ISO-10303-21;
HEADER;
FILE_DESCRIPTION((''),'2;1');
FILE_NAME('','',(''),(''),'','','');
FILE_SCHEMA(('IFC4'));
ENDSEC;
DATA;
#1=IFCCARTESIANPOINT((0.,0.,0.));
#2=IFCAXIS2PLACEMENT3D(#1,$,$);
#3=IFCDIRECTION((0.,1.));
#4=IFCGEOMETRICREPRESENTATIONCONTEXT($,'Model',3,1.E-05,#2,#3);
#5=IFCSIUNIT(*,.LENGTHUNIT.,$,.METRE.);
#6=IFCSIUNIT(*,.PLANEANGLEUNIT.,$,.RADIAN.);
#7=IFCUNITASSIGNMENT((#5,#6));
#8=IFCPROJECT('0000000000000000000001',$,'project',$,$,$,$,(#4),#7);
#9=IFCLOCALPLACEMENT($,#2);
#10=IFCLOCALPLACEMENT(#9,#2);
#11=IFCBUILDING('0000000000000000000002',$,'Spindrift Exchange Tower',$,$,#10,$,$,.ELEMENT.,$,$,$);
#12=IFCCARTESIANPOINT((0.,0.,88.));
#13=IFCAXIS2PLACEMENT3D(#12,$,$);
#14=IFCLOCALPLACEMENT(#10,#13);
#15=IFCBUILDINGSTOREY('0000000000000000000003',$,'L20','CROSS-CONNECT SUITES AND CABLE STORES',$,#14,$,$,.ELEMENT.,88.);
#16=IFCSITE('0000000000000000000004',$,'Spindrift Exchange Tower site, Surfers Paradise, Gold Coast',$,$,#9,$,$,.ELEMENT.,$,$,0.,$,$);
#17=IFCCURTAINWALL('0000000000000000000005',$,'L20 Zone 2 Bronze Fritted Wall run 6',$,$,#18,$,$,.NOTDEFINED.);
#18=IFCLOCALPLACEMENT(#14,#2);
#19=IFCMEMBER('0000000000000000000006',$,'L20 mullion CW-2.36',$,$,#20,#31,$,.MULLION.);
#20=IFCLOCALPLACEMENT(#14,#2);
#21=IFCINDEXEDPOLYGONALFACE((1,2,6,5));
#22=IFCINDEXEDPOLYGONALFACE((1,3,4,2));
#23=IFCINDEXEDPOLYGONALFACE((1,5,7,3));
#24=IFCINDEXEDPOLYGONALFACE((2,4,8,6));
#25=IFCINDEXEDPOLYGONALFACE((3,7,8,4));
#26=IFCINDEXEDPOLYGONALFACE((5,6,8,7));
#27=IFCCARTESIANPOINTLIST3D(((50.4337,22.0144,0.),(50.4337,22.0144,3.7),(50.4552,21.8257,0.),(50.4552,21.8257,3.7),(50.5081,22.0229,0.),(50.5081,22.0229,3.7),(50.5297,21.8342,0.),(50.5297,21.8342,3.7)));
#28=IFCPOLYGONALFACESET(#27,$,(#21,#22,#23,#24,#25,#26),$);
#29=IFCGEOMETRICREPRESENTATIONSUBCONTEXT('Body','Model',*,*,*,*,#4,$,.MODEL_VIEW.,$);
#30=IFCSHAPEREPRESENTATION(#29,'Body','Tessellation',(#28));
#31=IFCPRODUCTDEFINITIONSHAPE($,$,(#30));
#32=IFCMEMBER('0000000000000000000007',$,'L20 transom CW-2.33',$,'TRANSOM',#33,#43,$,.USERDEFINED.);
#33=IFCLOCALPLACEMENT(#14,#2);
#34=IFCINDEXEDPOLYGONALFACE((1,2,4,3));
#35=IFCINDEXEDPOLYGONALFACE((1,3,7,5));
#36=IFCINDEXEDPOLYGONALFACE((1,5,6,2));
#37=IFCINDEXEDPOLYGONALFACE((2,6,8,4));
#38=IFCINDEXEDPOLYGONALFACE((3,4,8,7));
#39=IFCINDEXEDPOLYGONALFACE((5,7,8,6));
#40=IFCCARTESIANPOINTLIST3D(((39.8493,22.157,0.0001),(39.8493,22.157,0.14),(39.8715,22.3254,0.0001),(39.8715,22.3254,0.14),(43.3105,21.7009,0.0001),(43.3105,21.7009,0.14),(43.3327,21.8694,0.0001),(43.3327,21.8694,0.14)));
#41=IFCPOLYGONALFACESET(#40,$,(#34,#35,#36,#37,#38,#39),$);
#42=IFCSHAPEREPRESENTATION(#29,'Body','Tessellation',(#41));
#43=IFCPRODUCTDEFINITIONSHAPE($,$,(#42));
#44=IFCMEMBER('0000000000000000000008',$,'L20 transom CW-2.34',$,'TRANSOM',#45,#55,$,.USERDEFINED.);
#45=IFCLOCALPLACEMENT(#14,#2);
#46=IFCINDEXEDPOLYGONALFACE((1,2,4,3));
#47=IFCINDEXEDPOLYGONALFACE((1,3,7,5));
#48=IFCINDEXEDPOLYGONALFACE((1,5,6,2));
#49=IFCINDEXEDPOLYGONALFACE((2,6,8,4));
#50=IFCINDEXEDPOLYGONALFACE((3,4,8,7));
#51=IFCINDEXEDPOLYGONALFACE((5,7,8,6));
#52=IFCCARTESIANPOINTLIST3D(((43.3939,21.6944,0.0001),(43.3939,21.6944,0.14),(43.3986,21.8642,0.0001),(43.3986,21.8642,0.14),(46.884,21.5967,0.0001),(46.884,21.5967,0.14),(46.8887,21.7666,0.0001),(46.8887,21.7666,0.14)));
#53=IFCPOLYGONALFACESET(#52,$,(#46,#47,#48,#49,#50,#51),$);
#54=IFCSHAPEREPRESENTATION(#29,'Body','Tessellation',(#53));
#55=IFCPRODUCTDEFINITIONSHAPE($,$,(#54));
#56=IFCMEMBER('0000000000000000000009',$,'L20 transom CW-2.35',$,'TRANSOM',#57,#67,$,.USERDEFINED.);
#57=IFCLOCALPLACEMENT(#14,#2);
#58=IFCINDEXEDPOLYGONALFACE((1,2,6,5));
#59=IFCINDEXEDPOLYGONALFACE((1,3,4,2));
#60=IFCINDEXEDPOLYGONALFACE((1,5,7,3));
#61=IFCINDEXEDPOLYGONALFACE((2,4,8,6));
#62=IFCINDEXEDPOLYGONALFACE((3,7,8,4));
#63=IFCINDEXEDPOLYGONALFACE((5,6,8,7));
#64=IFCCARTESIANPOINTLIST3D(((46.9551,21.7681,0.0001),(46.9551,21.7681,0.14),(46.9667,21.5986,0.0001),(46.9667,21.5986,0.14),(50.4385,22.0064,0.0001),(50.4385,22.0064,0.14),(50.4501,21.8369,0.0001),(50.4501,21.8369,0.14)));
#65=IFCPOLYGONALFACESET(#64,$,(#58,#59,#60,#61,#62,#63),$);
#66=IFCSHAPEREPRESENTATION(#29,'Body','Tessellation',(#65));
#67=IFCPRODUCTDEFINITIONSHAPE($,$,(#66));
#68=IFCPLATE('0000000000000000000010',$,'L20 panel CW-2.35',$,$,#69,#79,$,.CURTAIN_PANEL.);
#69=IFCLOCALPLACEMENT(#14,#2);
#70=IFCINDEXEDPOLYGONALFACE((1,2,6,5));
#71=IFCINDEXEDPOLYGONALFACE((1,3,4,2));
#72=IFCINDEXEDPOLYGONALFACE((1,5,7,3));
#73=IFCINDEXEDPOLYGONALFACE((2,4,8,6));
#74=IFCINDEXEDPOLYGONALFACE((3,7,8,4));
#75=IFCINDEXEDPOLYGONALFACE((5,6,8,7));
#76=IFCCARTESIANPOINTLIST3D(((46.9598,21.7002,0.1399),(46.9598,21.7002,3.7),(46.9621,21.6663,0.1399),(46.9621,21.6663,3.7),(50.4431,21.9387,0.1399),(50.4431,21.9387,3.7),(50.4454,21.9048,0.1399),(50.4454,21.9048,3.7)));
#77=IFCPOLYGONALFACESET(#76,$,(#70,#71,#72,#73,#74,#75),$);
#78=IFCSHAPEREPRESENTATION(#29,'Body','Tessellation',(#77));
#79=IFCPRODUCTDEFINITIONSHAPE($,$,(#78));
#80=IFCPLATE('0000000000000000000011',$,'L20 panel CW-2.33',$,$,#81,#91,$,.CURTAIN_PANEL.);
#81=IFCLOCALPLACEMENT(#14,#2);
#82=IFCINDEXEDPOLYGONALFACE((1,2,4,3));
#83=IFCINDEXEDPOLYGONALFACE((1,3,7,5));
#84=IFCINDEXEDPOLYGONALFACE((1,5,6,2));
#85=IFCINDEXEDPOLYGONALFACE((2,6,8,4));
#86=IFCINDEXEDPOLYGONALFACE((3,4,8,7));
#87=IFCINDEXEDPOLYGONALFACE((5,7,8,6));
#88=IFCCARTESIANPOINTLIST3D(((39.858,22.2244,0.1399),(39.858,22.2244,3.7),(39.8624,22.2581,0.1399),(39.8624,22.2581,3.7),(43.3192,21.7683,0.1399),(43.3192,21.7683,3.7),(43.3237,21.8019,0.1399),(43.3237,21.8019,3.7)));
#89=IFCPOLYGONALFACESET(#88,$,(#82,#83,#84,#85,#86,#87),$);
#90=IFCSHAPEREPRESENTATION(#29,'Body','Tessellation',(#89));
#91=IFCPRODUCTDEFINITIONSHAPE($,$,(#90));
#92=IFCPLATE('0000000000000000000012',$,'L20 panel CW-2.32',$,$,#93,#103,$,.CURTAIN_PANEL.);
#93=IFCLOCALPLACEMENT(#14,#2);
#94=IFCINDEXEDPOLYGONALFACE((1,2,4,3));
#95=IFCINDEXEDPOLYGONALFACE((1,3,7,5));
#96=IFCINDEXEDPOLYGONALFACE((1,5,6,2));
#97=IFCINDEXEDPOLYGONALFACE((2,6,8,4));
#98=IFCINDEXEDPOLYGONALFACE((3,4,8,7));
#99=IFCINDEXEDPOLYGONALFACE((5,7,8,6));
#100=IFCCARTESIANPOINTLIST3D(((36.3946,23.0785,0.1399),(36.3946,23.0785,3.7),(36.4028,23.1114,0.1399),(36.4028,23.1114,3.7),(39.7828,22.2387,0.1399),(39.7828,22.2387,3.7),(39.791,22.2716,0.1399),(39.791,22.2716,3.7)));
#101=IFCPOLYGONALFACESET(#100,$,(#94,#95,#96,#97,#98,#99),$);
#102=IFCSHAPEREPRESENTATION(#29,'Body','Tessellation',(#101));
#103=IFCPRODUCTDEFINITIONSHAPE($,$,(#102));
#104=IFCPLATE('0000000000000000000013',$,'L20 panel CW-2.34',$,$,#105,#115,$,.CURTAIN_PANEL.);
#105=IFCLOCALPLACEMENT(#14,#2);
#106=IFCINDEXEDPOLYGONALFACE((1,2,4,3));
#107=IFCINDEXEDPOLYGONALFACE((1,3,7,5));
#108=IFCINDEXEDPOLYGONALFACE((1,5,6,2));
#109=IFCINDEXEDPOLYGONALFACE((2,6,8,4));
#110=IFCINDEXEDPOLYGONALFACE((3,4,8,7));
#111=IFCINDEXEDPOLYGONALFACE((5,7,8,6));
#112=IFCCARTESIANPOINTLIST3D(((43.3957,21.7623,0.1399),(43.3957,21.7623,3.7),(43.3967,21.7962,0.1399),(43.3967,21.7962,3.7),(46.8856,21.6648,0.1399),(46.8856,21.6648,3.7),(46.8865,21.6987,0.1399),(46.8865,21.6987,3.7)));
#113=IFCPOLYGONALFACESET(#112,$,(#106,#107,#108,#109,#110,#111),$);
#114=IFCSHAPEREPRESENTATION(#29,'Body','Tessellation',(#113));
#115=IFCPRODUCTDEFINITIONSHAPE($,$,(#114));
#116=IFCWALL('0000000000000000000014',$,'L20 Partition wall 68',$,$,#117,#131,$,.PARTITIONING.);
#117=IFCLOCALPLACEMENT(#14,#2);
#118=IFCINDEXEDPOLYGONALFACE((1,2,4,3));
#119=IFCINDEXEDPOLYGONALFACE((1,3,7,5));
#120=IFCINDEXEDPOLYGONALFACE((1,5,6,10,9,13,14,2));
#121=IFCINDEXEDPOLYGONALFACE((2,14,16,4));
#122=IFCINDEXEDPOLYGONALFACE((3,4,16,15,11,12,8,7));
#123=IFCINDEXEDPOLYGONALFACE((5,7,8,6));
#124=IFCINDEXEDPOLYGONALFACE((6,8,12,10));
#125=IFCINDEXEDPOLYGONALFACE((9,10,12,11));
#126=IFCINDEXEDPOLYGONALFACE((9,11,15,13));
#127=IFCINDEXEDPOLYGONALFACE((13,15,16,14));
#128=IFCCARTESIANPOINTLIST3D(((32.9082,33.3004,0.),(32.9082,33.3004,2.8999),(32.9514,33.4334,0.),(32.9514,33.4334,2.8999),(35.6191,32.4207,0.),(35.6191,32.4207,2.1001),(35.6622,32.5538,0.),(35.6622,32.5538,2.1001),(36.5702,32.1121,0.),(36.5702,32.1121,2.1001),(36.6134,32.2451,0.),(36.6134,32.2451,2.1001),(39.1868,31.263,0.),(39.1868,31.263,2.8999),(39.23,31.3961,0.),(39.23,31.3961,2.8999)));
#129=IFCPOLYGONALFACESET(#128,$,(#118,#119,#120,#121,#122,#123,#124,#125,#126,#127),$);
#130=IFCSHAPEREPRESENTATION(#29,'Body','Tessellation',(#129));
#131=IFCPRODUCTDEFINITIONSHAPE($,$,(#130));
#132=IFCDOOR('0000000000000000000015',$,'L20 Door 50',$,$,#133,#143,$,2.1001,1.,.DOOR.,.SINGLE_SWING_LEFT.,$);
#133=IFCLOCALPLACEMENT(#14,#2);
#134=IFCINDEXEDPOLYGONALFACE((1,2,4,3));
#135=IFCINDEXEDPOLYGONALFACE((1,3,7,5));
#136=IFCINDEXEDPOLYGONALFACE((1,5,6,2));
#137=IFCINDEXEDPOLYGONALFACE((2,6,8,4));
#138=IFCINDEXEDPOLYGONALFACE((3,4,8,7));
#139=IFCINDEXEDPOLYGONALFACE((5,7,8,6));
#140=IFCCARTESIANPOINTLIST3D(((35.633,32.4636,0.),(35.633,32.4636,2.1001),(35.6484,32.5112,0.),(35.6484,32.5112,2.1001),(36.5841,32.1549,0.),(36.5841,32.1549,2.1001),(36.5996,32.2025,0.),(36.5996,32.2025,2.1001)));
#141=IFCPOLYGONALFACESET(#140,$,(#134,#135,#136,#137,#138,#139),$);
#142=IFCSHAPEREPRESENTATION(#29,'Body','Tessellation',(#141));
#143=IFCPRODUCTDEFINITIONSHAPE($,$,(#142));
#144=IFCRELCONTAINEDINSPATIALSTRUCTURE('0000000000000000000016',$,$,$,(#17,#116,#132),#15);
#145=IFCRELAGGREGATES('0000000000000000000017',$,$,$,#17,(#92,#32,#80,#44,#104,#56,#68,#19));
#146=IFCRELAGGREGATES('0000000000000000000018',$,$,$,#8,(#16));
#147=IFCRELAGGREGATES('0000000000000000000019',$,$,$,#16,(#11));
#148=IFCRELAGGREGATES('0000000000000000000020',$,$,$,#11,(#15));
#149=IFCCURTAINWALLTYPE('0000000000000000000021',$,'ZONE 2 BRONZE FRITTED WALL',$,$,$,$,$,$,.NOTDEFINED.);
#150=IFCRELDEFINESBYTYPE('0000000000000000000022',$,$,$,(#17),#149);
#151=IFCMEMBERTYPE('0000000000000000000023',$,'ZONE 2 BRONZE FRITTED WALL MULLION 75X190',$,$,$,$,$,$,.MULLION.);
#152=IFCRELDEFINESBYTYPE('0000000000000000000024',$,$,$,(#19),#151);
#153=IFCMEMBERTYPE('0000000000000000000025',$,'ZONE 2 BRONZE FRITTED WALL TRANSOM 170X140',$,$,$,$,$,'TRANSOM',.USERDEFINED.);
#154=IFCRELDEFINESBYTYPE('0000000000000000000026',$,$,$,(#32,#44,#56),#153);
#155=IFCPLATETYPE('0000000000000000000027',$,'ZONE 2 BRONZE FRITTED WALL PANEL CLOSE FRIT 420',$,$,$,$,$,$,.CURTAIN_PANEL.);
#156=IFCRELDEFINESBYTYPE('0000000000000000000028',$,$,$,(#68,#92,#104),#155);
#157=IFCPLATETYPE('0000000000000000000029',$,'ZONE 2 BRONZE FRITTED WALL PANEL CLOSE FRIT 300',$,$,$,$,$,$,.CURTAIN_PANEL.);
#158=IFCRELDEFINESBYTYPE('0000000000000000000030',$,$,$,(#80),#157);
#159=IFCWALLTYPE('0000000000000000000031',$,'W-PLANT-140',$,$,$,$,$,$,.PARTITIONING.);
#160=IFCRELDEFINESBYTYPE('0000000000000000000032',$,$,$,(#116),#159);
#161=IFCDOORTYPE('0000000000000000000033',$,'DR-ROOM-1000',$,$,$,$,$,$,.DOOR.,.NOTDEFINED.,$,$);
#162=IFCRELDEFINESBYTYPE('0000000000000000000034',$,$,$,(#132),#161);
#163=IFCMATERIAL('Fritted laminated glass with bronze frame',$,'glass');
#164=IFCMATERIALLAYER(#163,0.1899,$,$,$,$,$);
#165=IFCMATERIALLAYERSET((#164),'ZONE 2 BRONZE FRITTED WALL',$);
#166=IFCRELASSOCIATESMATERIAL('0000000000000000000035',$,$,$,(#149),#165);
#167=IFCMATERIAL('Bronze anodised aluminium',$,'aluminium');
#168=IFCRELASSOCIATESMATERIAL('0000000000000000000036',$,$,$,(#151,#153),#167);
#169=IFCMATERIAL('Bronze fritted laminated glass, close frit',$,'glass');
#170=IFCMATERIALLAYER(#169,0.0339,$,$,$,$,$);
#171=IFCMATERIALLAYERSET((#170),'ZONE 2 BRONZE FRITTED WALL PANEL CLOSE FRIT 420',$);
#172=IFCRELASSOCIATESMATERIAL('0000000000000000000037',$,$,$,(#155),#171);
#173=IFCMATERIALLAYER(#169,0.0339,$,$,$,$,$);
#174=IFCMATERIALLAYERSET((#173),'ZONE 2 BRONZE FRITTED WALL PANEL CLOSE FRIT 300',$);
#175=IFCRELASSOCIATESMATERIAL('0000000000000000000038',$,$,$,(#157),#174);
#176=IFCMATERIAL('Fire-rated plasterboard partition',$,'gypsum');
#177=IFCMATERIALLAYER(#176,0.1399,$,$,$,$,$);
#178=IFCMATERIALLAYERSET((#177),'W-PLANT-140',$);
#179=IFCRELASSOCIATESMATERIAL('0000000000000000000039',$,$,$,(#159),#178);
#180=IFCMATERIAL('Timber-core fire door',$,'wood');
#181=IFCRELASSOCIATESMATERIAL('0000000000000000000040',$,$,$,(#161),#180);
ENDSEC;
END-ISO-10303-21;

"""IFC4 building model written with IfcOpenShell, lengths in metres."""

from ifc_helpers import new_model, si_unit, direction, frame, frame_2d, origin, origin_2d, place, context, subcontext, project, spatial, rectangle, extrude, source, transform, mapped, material, layer, layer_set, material_profile, profile_set, type_object, element, fill, aggregate, save


model = new_model("IFC4")

# Units and contexts
model_context = context("Model", 3, precision=1e-05, world=origin(), true_north=direction((0.0, 1.0)))
body_context = subcontext(model_context, "Body", "Model", "MODEL_VIEW")
ifc_project = project(units=[si_unit("LENGTHUNIT", "METRE"), si_unit("PLANEANGLEUNIT", "RADIAN")], contexts=[model_context])

# Site, building, storey
site_placement = place(None, origin())
site = spatial("IfcSite", under=ifc_project, at=site_placement, Name="Spindrift Exchange Tower site, Surfers Paradise, Gold Coast", CompositionType="ELEMENT", RefElevation=0.0)
building_placement = place(site_placement, origin())
building = spatial("IfcBuilding", under=site, at=building_placement, Name="Spindrift Exchange Tower", CompositionType="ELEMENT")
storey_placement = place(building_placement, frame((0.0, 0.0, 88.0)))
storey = spatial("IfcBuildingStorey", under=building, at=storey_placement, Name="L20", Description="CROSS-CONNECT SUITES AND CABLE STORES", CompositionType="ELEMENT", Elevation=88.0)

# Curtain wall, members, plates
ifc_material_1 = material(Name="Fritted laminated glass with bronze frame", Category="glass")
ifc_layer_1 = layer(ifc_material_1, 0.1899)
ifc_layer_set_1 = layer_set([ifc_layer_1], Name="ZONE 2 BRONZE FRITTED WALL")
curtain_wall_type = type_object("IfcCurtainWallType", Name="ZONE 2 BRONZE FRITTED WALL", PredefinedType="NOTDEFINED", material=ifc_layer_set_1)
curtain_wall_placement = place(storey_placement, origin())
curtain_wall = element("IfcCurtainWall", 1, at=curtain_wall_placement, inside=storey, type_object=curtain_wall_type, Name="L20 Zone 2 Bronze Fritted Wall run 6", PredefinedType="NOTDEFINED")
ifc_material_2 = material(Name="Bronze anodised aluminium", Category="aluminium")
ifc_material_profile_1 = material_profile(ifc_material_2, rectangle(XDim=0.075, YDim=0.1899, at=origin_2d()), Name="ZONE 2 BRONZE FRITTED WALL MULLION 75X190")
ifc_profile_set_1 = profile_set([ifc_material_profile_1], Name="Bronze anodised aluminium")
member_type_1 = type_object("IfcMemberType", Name="ZONE 2 BRONZE FRITTED WALL MULLION 75X190", PredefinedType="MULLION", material=ifc_profile_set_1)
shared_shape_1 = source(origin(), body_context, "Body", "SweptSolid", [
    extrude(rectangle(XDim=0.075, YDim=0.1899, at=origin_2d()), origin(), (0.0, 0.0, 1.0), 3.7),
])
member_1_placement = place(storey_placement, frame((50.4817, 21.9243, 0.0), z_axis=(0.0, 0.0, 1.0), x_axis=(0.993521, 0.113646, 0.0)))
member_1 = element("IfcMember", 2, at=member_1_placement, type_object=member_type_1, Name="L20 mullion CW-2.36", PredefinedType="MULLION", context=body_context, shape_type="MappedRepresentation", body=[
    mapped(shared_shape_1, transform((0.0, 0.0, 0.0), scale=1.0)),
])
ifc_material_profile_2 = material_profile(ifc_material_2, rectangle(XDim=0.1699, YDim=0.1399, at=origin_2d()), Name="ZONE 2 BRONZE FRITTED WALL TRANSOM 170X140")
ifc_profile_set_2 = profile_set([ifc_material_profile_2], Name="Bronze anodised aluminium")
member_type_2 = type_object("IfcMemberType", Name="ZONE 2 BRONZE FRITTED WALL TRANSOM 170X140", ElementType="TRANSOM", PredefinedType="USERDEFINED", material=ifc_profile_set_2)
shared_shape_2 = source(origin(), body_context, "Body", "SweptSolid", [
    extrude(rectangle(XDim=0.1699, YDim=0.1399, at=origin_2d()), origin(), (0.0, 0.0, 1.0), 3.4912),
])
member_2_placement = place(storey_placement, frame((39.8604, 22.2412, 0.0701), z_axis=(0.991431, -0.130634, 0.0), x_axis=(0.130634, 0.991431, 0.0)))
member_2 = element("IfcMember", 3, at=member_2_placement, type_object=member_type_2, Name="L20 transom CW-2.33", ObjectType="TRANSOM", PredefinedType="USERDEFINED", context=body_context, shape_type="MappedRepresentation", body=[
    mapped(shared_shape_2, transform((0.0, 0.0, 0.0), scale=1.0)),
])
shared_shape_3 = source(origin(), body_context, "Body", "SweptSolid", [
    extrude(rectangle(XDim=0.1699, YDim=0.1399, at=origin_2d()), origin(), (0.0, 0.0, 1.0), 3.4915),
])
member_3_placement = place(storey_placement, frame((43.3962, 21.7793, 0.0701), z_axis=(0.999609, -0.027971, 0.0), x_axis=(0.027971, 0.999609, 0.0)))
member_3 = element("IfcMember", 4, at=member_3_placement, type_object=member_type_2, Name="L20 transom CW-2.34", ObjectType="TRANSOM", PredefinedType="USERDEFINED", context=body_context, shape_type="MappedRepresentation", body=[
    mapped(shared_shape_3, transform((0.0, 0.0, 0.0), scale=1.0)),
])
member_4_placement = place(storey_placement, frame((46.9609, 21.6833, 0.0701), z_axis=(0.997669, 0.068245, 0.0), x_axis=(-0.068245, 0.997669, 0.0)))
member_4 = element("IfcMember", 5, at=member_4_placement, type_object=member_type_2, Name="L20 transom CW-2.35", ObjectType="TRANSOM", PredefinedType="USERDEFINED", context=body_context, shape_type="MappedRepresentation", body=[
    mapped(shared_shape_3, transform((0.0, 0.0, 0.0), scale=1.0)),
])
ifc_material_3 = material(Name="Bronze fritted laminated glass, close frit", Category="glass")
ifc_layer_2 = layer(ifc_material_3, 0.0339)
ifc_layer_set_2 = layer_set([ifc_layer_2], Name="ZONE 2 BRONZE FRITTED WALL PANEL CLOSE FRIT 420")
plate_type_1 = type_object("IfcPlateType", Name="ZONE 2 BRONZE FRITTED WALL PANEL CLOSE FRIT 420", PredefinedType="CURTAIN_PANEL", material=ifc_layer_set_2)
shared_shape_4 = source(origin(), body_context, "Body", "SweptSolid", [
    extrude(rectangle(XDim=3.4915, YDim=0.0339, at=origin_2d()), origin(), (0.0, 0.0, 1.0), 3.5601),
])
plate_1_placement = place(storey_placement, frame((48.7026, 21.8025, 0.1399), z_axis=(0.0, 0.0, 1.0), x_axis=(0.997665, 0.068304, 0.0)))
plate_1 = element("IfcPlate", 6, at=plate_1_placement, type_object=plate_type_1, Name="L20 panel CW-2.35", PredefinedType="CURTAIN_PANEL", context=body_context, shape_type="MappedRepresentation", body=[
    mapped(shared_shape_4, transform((0.0, 0.0, 0.0), scale=1.0)),
])
ifc_layer_3 = layer(ifc_material_3, 0.0339)
ifc_layer_set_3 = layer_set([ifc_layer_3], Name="ZONE 2 BRONZE FRITTED WALL PANEL CLOSE FRIT 300")
plate_type_2 = type_object("IfcPlateType", Name="ZONE 2 BRONZE FRITTED WALL PANEL CLOSE FRIT 300", PredefinedType="CURTAIN_PANEL", material=ifc_layer_set_3)
shared_shape_5 = source(origin(), body_context, "Body", "SweptSolid", [
    extrude(rectangle(XDim=3.4912, YDim=0.0339, at=origin_2d()), origin(), (0.0, 0.0, 1.0), 3.5601),
])
plate_2_placement = place(storey_placement, frame((41.5908, 22.0132, 0.1399), z_axis=(0.0, 0.0, 1.0), x_axis=(0.991429, -0.130649, 0.0)))
plate_2 = element("IfcPlate", 7, at=plate_2_placement, type_object=plate_type_2, Name="L20 panel CW-2.33", PredefinedType="CURTAIN_PANEL", context=body_context, shape_type="MappedRepresentation", body=[
    mapped(shared_shape_5, transform((0.0, 0.0, 0.0), scale=1.0)),
])
shared_shape_6 = source(origin(), body_context, "Body", "SweptSolid", [
    extrude(rectangle(XDim=3.4907, YDim=0.0339, at=origin_2d()), origin(), (0.0, 0.0, 1.0), 3.5601),
])
plate_3_placement = place(storey_placement, frame((38.0928, 22.675, 0.1399), z_axis=(0.0, 0.0, 1.0), x_axis=(0.970632, -0.240569, 0.0)))
plate_3 = element("IfcPlate", 8, at=plate_3_placement, type_object=plate_type_1, Name="L20 panel CW-2.32", PredefinedType="CURTAIN_PANEL", context=body_context, shape_type="MappedRepresentation", body=[
    mapped(shared_shape_6, transform((0.0, 0.0, 0.0), scale=1.0)),
])
shared_shape_7 = source(origin(), body_context, "Body", "SweptSolid", [
    extrude(rectangle(XDim=3.4912, YDim=0.0339, at=origin_2d()), origin(), (0.0, 0.0, 1.0), 3.5601),
])
plate_4_placement = place(storey_placement, frame((45.1411, 21.7305, 0.1399), z_axis=(0.0, 0.0, 1.0), x_axis=(0.99961, -0.027929, 0.0)))
plate_4 = element("IfcPlate", 9, at=plate_4_placement, type_object=plate_type_1, Name="L20 panel CW-2.34", PredefinedType="CURTAIN_PANEL", context=body_context, shape_type="MappedRepresentation", body=[
    mapped(shared_shape_7, transform((0.0, 0.0, 0.0), scale=1.0)),
])
aggregate(curtain_wall, [plate_3, member_2, plate_2, member_3, plate_4, member_4, plate_1, member_1])

# Wall, opening, door
ifc_material_4 = material(Name="Fire-rated plasterboard partition", Category="gypsum")
ifc_layer_4 = layer(ifc_material_4, 0.1399)
ifc_layer_set_4 = layer_set([ifc_layer_4], Name="W-PLANT-140")
wall_type = type_object("IfcWallType", Name="W-PLANT-140", PredefinedType="PARTITIONING", material=ifc_layer_set_4)
wall_1_placement = place(storey_placement, frame((39.2083, 31.3296, 0.0), z_axis=(0.0, 0.0, 1.0), x_axis=(-0.951176, 0.30865, 0.0)))
wall_1 = element("IfcWall", 10, at=wall_1_placement, inside=storey, type_object=wall_type, Name="L20 Partition wall 68", PredefinedType="PARTITIONING", context=body_context, shape_type="SweptSolid", body=[
    extrude(rectangle(XDim=6.6008, YDim=0.1399, at=frame_2d((3.3003, 0.0))), origin(), (0.0, 0.0, 1.0), 2.8999),
])
opening_1_placement = place(wall_1_placement, frame((2.7507, 0.0, 0.0)))
opening_1 = element("IfcOpeningElement", 11, at=opening_1_placement, cuts=wall_1, PredefinedType="OPENING", context=body_context, shape_type="SweptSolid", body=[
    extrude(rectangle(XDim=1.0, YDim=2.1001, at=frame_2d((0.5, 1.05))), frame((0.0, 0.0798, 0.0), z_axis=(0.0, -1.0, 0.0), x_axis=(1.0, 0.0, 0.0)), (0.0, 0.0, 1.0), 0.1599),
])
ifc_material_5 = material(Name="Timber-core fire door", Category="wood")
door_type = type_object("IfcDoorType", Name="DR-ROOM-1000", OperationType="NOTDEFINED", PredefinedType="DOOR", material=ifc_material_5)
shared_shape_8 = source(origin(), body_context, "Body", "SweptSolid", [
    extrude(rectangle(XDim=1.0, YDim=2.1001, at=frame_2d((0.5, 1.05))), frame((0.0, 0.0249, 0.0), z_axis=(0.0, -1.0, 0.0), x_axis=(1.0, 0.0, 0.0)), (0.0, 0.0, 1.0), 0.05),
])
door_1_placement = place(opening_1_placement, origin())
door_1 = element("IfcDoor", 12, at=door_1_placement, inside=storey, type_object=door_type, Name="L20 Door 50", OperationType="SINGLE_SWING_LEFT", OverallHeight=2.1001, OverallWidth=1.0, PredefinedType="DOOR", context=body_context, shape_type="MappedRepresentation", body=[
    mapped(shared_shape_8, transform((0.0, 0.0, 0.0), scale=1.0)),
])
fill(opening_1, door_1)

save(model, "model.ifc")
